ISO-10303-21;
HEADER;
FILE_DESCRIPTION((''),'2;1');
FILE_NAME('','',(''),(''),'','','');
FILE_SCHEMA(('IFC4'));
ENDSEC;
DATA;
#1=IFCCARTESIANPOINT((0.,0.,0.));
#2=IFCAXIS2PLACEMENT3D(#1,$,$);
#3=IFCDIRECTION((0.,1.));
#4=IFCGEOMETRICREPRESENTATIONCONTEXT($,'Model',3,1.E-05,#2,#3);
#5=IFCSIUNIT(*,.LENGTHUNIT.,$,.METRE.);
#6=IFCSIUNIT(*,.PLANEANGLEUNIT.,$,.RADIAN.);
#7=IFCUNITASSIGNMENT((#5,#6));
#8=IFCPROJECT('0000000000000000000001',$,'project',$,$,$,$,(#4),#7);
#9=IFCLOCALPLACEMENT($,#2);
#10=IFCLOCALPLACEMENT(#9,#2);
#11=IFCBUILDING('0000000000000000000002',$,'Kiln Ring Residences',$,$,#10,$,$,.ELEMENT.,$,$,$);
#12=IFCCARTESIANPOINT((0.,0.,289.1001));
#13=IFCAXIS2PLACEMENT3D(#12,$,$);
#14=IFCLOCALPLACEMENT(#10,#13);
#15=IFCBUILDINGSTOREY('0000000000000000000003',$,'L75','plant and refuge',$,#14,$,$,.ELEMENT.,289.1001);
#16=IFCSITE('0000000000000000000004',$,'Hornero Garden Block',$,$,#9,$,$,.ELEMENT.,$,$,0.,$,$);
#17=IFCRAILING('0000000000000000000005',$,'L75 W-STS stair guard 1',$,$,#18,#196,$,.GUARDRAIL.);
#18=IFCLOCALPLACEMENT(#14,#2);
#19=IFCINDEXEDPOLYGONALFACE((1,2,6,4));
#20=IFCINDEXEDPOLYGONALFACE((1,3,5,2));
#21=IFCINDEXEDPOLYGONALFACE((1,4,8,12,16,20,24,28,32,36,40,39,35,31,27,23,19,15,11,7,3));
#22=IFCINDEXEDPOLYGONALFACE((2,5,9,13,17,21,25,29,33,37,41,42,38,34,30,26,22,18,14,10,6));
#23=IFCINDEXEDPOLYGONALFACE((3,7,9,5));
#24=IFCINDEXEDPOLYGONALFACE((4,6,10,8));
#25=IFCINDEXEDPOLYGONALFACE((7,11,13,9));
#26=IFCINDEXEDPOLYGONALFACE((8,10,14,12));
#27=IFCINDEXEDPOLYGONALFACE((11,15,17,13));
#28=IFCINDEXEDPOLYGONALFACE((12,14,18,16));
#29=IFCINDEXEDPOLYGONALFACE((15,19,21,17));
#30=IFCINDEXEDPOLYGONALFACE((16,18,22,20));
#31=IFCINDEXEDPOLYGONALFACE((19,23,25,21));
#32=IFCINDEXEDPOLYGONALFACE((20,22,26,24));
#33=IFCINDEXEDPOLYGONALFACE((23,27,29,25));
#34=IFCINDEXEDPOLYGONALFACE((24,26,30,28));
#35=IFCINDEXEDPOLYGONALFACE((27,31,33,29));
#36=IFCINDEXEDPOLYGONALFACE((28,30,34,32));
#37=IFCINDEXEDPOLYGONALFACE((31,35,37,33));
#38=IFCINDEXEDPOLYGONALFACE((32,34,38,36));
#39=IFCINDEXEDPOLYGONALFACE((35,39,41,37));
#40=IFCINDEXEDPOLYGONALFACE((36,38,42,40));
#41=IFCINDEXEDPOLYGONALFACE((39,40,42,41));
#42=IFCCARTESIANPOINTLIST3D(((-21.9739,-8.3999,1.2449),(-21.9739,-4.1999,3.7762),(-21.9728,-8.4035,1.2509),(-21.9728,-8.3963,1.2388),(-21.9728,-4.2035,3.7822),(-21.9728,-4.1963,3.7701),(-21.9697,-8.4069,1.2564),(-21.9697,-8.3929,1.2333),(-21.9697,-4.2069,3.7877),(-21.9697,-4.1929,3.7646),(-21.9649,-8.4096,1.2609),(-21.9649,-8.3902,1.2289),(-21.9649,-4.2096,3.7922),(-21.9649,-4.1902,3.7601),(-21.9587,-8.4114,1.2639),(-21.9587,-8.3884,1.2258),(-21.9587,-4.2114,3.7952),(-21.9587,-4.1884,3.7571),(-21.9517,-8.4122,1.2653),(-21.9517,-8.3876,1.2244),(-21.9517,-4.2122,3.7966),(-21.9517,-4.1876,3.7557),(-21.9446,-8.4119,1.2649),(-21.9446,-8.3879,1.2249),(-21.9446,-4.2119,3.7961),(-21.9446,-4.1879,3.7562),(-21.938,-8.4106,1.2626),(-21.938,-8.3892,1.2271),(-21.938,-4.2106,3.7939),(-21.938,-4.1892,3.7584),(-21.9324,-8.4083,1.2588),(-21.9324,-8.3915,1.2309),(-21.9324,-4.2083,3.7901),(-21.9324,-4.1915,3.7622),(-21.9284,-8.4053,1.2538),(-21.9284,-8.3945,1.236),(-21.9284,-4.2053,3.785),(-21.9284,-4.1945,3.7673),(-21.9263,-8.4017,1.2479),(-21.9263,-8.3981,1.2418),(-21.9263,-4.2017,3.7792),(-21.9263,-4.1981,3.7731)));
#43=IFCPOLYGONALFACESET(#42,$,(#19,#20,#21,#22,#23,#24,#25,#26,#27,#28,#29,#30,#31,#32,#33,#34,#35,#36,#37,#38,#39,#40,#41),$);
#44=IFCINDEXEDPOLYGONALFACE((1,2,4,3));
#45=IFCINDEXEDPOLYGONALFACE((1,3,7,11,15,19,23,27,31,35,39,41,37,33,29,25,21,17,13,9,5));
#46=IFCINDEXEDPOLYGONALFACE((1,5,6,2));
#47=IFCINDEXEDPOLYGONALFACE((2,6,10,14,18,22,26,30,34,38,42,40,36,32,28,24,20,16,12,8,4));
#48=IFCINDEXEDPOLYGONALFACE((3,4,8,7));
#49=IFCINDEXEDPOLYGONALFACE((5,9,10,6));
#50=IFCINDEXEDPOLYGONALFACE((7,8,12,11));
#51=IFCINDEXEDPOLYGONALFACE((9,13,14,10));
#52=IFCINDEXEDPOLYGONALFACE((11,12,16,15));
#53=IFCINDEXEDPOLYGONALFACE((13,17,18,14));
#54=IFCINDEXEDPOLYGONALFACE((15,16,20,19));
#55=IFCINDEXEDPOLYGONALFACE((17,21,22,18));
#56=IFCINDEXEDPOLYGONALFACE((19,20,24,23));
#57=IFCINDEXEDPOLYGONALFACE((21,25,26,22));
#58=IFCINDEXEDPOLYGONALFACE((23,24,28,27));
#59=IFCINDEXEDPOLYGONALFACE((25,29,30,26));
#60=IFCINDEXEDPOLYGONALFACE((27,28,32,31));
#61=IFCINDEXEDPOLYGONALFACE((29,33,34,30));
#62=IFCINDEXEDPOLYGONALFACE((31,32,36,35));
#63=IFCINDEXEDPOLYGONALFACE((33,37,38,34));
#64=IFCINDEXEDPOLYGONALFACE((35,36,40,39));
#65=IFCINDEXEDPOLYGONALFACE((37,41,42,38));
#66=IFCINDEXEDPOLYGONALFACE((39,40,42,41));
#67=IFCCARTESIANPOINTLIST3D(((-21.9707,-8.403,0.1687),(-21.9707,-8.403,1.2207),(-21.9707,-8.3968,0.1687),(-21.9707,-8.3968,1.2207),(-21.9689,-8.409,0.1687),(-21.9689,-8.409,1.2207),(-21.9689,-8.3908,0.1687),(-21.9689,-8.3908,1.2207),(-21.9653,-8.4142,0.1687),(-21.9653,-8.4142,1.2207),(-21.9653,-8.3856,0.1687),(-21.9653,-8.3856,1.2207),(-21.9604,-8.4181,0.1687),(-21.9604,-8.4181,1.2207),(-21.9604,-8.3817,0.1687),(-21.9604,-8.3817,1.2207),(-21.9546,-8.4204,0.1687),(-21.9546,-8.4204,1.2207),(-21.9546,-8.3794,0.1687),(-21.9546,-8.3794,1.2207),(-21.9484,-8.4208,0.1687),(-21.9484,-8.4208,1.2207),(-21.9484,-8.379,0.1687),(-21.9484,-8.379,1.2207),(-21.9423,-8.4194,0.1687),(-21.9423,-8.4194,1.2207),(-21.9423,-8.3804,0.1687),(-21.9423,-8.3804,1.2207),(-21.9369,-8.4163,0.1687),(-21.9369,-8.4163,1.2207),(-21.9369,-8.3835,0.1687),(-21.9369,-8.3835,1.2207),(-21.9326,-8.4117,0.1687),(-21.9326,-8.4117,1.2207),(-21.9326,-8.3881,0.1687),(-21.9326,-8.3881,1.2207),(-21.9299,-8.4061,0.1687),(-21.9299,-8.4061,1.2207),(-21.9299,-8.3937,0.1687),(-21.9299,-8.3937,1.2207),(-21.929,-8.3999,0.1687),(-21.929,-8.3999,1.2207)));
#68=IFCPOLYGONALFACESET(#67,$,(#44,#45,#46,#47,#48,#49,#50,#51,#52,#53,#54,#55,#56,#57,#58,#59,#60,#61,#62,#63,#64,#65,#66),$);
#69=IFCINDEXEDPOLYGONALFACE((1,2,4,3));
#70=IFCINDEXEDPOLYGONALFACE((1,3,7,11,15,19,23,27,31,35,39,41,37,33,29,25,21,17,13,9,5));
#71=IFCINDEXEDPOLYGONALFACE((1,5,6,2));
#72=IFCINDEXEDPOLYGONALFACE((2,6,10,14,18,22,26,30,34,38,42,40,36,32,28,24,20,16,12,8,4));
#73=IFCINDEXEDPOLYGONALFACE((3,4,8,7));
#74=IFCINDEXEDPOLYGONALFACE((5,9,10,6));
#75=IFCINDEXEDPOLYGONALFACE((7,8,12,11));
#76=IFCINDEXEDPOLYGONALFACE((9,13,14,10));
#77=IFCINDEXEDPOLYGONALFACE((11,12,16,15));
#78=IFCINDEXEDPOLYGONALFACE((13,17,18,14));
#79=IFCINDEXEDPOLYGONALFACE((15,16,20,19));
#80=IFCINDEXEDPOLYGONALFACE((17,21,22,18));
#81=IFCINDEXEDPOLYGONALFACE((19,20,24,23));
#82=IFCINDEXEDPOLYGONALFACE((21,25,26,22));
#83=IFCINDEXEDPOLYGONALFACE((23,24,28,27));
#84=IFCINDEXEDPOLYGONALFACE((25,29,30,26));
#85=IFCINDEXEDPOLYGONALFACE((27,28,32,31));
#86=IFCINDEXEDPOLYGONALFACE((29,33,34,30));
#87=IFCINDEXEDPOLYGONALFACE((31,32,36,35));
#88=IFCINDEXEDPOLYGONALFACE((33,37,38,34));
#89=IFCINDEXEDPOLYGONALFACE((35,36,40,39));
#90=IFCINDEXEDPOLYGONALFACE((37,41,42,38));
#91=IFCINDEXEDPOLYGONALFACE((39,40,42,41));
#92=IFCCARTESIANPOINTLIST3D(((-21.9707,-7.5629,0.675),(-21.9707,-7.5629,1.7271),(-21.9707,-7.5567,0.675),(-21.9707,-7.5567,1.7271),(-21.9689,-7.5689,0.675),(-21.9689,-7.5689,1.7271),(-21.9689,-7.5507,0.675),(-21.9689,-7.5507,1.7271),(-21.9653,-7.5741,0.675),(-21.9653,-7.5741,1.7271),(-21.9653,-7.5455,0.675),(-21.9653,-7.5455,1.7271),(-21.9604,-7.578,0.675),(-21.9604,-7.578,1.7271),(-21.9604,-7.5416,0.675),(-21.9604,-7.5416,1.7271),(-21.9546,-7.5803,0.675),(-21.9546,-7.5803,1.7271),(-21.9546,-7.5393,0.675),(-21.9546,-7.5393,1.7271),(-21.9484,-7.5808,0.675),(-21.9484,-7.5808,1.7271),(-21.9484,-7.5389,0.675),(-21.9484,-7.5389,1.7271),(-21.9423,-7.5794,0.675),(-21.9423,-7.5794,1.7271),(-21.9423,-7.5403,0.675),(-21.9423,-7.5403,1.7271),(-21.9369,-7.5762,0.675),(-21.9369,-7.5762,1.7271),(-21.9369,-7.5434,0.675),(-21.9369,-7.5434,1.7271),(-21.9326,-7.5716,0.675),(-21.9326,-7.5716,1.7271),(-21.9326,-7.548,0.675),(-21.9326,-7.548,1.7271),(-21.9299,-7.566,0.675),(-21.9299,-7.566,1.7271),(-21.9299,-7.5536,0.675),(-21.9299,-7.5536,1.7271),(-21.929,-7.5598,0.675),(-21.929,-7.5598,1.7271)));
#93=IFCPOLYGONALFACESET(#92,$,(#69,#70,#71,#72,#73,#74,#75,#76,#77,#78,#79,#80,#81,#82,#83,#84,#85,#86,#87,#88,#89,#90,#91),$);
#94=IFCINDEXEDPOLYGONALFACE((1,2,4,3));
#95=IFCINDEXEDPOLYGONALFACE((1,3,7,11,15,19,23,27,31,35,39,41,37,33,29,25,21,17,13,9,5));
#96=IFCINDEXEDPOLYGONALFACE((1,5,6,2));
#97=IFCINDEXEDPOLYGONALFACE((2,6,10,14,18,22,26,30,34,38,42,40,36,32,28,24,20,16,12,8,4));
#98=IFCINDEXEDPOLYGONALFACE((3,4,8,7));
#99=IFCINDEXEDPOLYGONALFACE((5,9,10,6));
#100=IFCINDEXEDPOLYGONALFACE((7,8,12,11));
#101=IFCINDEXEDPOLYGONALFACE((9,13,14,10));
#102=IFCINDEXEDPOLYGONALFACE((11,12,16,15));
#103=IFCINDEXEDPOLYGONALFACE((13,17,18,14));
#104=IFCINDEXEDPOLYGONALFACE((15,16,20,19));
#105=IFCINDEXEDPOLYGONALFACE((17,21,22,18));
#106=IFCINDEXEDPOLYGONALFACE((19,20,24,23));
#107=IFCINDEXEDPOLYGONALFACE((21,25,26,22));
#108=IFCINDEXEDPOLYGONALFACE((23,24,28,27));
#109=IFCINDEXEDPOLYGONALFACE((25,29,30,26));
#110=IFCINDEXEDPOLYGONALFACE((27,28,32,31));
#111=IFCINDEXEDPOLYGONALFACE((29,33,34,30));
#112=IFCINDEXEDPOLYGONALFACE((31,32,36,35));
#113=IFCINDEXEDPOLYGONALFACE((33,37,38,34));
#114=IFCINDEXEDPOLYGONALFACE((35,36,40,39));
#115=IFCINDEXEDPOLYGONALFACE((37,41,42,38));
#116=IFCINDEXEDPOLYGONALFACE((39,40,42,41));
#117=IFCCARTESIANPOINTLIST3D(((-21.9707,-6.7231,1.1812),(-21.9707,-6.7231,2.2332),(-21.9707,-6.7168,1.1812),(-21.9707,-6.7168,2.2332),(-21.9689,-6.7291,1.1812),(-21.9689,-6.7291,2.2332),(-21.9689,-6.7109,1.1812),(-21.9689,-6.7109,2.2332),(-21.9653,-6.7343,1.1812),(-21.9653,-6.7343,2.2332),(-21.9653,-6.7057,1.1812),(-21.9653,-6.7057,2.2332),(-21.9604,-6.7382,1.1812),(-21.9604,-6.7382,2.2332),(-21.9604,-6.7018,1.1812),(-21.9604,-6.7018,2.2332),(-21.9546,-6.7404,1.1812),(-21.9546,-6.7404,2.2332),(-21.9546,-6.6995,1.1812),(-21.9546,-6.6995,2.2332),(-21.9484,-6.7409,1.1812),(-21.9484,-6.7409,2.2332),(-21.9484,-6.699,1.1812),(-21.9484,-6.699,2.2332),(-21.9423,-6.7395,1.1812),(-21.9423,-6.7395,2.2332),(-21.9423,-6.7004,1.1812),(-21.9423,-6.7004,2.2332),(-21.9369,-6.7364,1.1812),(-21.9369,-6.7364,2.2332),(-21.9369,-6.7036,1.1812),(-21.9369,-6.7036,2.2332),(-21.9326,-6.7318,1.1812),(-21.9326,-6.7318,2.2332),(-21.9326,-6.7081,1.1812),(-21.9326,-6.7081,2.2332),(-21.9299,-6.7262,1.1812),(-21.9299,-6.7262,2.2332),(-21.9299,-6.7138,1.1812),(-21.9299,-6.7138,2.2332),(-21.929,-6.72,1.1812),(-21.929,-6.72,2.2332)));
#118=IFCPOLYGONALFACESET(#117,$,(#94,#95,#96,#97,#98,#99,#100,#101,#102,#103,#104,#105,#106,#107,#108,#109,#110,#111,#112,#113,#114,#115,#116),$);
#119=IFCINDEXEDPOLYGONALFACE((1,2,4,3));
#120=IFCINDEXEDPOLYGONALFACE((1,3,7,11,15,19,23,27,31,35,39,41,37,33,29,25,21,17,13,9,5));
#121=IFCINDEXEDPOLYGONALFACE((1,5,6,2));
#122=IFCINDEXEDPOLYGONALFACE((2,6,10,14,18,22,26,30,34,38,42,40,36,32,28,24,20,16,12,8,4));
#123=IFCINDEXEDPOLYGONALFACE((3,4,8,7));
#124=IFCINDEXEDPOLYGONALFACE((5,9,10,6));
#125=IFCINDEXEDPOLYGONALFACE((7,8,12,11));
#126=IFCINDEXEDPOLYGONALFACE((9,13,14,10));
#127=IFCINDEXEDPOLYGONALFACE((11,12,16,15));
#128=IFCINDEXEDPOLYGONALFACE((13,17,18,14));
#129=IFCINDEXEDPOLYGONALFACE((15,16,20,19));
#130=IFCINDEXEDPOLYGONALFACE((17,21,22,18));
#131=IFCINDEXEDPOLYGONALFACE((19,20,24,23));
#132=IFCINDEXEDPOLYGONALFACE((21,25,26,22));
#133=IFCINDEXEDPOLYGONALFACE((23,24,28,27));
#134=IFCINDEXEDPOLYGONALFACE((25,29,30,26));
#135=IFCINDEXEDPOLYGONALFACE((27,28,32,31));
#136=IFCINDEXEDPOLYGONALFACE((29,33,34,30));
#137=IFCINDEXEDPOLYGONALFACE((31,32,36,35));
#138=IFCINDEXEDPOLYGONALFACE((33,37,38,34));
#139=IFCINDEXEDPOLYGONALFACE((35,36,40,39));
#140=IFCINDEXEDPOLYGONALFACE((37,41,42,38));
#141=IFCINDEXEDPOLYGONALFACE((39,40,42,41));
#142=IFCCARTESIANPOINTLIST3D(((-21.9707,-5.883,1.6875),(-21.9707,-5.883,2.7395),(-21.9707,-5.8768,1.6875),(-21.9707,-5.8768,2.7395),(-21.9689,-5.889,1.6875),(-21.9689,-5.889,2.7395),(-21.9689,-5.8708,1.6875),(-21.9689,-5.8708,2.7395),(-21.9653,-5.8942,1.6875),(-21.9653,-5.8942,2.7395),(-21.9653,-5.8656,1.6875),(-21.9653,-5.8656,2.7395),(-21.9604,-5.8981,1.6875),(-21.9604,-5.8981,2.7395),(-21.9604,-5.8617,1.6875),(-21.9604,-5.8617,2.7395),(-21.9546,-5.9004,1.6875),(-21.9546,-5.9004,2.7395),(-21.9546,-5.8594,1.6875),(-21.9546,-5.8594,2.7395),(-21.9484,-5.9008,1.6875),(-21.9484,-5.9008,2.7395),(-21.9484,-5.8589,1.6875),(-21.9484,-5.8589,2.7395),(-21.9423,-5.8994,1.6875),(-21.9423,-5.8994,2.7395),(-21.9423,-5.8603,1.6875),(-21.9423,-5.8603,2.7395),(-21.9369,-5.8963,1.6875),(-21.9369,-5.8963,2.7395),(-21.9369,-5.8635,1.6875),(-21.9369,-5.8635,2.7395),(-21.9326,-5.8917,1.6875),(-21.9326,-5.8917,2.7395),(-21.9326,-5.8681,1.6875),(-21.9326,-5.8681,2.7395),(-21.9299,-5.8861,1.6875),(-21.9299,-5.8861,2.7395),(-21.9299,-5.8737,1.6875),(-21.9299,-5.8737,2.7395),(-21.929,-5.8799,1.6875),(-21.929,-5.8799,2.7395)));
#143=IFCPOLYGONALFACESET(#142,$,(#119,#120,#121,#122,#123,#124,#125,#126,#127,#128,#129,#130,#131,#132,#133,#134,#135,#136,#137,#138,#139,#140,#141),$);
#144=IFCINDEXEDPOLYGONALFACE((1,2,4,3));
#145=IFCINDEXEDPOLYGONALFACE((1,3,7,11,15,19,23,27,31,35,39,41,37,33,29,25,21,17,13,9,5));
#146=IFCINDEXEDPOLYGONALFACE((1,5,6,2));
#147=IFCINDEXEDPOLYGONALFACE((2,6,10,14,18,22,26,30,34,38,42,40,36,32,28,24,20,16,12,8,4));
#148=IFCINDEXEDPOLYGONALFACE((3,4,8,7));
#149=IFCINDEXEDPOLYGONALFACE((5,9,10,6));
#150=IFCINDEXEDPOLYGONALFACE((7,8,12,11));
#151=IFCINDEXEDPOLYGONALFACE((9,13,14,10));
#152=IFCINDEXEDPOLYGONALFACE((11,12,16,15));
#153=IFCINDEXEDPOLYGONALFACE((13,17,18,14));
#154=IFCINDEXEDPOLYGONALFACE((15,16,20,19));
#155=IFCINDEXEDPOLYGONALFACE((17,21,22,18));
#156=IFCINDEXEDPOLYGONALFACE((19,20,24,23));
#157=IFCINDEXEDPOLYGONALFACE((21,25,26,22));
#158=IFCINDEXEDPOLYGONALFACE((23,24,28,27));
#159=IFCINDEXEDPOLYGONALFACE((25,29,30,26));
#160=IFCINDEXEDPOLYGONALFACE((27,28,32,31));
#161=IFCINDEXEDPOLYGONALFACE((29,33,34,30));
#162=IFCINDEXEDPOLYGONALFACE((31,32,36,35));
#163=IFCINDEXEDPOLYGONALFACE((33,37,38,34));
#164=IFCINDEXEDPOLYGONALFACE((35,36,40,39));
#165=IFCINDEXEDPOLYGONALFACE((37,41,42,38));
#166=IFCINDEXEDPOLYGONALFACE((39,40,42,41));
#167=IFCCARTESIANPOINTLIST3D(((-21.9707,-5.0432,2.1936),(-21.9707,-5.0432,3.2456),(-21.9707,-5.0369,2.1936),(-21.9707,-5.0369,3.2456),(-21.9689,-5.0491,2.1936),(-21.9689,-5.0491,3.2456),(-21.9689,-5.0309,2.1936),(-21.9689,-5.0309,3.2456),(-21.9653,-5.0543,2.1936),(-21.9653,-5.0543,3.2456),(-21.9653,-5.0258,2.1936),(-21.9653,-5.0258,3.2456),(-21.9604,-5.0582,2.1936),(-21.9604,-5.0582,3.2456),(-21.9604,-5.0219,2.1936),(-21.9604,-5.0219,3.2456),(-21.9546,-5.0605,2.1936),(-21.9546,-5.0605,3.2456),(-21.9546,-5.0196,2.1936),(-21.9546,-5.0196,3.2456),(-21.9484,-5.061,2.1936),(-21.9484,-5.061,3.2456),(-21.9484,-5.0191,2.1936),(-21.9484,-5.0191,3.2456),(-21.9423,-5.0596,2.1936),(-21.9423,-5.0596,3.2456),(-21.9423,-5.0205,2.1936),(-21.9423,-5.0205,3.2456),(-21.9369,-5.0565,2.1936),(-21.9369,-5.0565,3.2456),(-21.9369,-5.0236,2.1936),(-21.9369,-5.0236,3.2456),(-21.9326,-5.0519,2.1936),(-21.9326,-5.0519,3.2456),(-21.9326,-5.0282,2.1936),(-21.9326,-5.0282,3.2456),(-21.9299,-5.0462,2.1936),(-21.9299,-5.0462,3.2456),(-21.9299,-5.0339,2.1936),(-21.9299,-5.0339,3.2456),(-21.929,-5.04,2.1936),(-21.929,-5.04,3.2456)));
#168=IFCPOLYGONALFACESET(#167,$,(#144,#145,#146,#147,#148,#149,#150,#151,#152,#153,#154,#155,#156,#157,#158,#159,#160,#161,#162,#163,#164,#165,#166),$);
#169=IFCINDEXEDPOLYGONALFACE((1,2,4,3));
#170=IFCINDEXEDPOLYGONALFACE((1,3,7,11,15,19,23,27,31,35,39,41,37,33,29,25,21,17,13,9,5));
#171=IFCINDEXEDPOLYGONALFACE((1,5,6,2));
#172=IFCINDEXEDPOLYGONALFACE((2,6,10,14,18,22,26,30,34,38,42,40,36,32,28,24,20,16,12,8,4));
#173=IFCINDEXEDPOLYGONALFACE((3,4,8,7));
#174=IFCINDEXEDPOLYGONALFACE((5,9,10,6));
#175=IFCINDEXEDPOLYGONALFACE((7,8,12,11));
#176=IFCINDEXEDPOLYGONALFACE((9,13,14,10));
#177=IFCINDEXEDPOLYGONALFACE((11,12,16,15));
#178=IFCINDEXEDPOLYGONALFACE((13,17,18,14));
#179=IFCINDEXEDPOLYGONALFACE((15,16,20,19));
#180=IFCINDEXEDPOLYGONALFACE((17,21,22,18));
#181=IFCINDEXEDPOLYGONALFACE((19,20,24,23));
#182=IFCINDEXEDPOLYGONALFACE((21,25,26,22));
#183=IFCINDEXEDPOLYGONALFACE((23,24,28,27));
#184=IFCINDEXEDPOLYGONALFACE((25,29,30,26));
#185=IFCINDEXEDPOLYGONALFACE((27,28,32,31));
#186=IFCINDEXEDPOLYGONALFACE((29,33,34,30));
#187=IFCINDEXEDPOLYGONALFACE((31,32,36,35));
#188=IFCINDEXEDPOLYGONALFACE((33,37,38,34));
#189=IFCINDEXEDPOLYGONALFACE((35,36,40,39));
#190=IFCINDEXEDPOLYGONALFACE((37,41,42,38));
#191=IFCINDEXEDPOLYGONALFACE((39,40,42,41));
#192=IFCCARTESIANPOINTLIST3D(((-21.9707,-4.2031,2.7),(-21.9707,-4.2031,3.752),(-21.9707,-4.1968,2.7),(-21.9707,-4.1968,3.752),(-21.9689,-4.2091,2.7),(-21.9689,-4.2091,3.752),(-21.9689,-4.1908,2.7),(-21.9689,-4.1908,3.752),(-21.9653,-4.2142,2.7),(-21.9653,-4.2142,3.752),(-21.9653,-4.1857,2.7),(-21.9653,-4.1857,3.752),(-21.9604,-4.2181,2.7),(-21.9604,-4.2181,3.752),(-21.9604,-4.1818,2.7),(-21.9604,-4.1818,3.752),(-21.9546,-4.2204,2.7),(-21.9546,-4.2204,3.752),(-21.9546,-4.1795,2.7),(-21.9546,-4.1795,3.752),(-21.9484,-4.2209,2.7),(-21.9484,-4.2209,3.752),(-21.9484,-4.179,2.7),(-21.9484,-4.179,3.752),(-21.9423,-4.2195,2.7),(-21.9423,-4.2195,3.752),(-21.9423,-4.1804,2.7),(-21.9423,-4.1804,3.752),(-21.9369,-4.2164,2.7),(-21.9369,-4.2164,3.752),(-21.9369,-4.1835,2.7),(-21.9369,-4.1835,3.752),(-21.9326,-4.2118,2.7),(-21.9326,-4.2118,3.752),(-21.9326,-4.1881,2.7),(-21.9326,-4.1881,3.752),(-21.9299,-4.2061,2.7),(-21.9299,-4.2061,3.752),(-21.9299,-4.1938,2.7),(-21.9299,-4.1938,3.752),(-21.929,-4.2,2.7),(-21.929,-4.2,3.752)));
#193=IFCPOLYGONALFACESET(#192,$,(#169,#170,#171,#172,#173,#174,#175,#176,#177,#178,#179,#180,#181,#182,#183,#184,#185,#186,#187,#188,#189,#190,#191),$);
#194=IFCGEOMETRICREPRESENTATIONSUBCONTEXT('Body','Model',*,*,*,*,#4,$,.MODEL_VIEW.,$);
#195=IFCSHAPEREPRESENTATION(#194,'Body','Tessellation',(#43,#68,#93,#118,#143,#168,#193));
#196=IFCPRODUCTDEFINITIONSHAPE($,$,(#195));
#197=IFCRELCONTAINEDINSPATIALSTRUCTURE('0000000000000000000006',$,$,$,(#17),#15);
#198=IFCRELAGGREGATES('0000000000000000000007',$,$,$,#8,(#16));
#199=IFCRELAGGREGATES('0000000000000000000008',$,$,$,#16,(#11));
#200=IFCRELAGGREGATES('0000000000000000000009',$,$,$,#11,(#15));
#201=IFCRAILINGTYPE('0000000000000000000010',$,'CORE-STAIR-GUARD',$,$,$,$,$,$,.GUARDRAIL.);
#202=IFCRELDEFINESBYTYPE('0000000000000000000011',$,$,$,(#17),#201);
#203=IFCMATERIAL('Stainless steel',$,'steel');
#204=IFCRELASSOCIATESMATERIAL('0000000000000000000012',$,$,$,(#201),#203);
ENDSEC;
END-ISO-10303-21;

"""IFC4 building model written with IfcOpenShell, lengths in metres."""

from ifc_helpers import new_model, si_unit, direction, frame, origin, origin_2d, place, context, subcontext, project, spatial, circle, extrude, material, type_object, element, save


model = new_model("IFC4")

# Units and contexts
model_context = context("Model", 3, precision=1e-05, world=origin(), true_north=direction((0.0, 1.0)))
body_context = subcontext(model_context, "Body", "Model", "MODEL_VIEW")
ifc_project = project(units=[si_unit("LENGTHUNIT", "METRE"), si_unit("PLANEANGLEUNIT", "RADIAN")], contexts=[model_context])

# Site, building, storey
site_placement = place(None, origin())
site = spatial("IfcSite", under=ifc_project, at=site_placement, Name="Hornero Garden Block", CompositionType="ELEMENT", RefElevation=0.0)
building_placement = place(site_placement, origin())
building = spatial("IfcBuilding", under=site, at=building_placement, Name="Kiln Ring Residences", CompositionType="ELEMENT")
storey_placement = place(building_placement, frame((0.0, 0.0, 289.1001)))
storey = spatial("IfcBuildingStorey", under=building, at=storey_placement, Name="L75", Description="plant and refuge", CompositionType="ELEMENT", Elevation=289.1001)

# Railing
ifc_material_1 = material(Name="Stainless steel", Category="steel")
railing_type_1 = type_object("IfcRailingType", Name="CORE-STAIR-GUARD", PredefinedType="GUARDRAIL", material=ifc_material_1)
railing_1_placement = place(storey_placement, frame((-21.95, -8.3999, 0.1687)))
element("IfcRailing", 1, at=railing_1_placement, inside=storey, type_object=railing_type_1, Name="L75 W-STS stair guard 1", PredefinedType="GUARDRAIL", context=body_context, shape_type="SweptSolid", body=[
    extrude(circle(Radius=0.0239, at=origin_2d()), frame((0.0, 0.0, 1.0762), z_axis=(0.0, 0.856476, 0.516186), x_axis=(-1.0, 0.0, 0.0)), (0.0, 0.0, 1.0), 4.9038),
    extrude(circle(Radius=0.021, at=origin_2d()), origin(), (0.0, 0.0, 1.0), 1.052),
    extrude(circle(Radius=0.021, at=origin_2d()), frame((0.0, 0.8401, 0.5063)), (0.0, 0.0, 1.0), 1.052),
    extrude(circle(Radius=0.021, at=origin_2d()), frame((0.0, 1.6799, 1.0125)), (0.0, 0.0, 1.0), 1.052),
    extrude(circle(Radius=0.021, at=origin_2d()), frame((0.0, 2.52, 1.5188)), (0.0, 0.0, 1.0), 1.052),
    extrude(circle(Radius=0.021, at=origin_2d()), frame((0.0, 3.3599, 2.0249)), (0.0, 0.0, 1.0), 1.052),
    extrude(circle(Radius=0.021, at=origin_2d()), frame((0.0, 4.2, 2.5312)), (0.0, 0.0, 1.0), 1.052),
])

save(model, "model.ifc")
